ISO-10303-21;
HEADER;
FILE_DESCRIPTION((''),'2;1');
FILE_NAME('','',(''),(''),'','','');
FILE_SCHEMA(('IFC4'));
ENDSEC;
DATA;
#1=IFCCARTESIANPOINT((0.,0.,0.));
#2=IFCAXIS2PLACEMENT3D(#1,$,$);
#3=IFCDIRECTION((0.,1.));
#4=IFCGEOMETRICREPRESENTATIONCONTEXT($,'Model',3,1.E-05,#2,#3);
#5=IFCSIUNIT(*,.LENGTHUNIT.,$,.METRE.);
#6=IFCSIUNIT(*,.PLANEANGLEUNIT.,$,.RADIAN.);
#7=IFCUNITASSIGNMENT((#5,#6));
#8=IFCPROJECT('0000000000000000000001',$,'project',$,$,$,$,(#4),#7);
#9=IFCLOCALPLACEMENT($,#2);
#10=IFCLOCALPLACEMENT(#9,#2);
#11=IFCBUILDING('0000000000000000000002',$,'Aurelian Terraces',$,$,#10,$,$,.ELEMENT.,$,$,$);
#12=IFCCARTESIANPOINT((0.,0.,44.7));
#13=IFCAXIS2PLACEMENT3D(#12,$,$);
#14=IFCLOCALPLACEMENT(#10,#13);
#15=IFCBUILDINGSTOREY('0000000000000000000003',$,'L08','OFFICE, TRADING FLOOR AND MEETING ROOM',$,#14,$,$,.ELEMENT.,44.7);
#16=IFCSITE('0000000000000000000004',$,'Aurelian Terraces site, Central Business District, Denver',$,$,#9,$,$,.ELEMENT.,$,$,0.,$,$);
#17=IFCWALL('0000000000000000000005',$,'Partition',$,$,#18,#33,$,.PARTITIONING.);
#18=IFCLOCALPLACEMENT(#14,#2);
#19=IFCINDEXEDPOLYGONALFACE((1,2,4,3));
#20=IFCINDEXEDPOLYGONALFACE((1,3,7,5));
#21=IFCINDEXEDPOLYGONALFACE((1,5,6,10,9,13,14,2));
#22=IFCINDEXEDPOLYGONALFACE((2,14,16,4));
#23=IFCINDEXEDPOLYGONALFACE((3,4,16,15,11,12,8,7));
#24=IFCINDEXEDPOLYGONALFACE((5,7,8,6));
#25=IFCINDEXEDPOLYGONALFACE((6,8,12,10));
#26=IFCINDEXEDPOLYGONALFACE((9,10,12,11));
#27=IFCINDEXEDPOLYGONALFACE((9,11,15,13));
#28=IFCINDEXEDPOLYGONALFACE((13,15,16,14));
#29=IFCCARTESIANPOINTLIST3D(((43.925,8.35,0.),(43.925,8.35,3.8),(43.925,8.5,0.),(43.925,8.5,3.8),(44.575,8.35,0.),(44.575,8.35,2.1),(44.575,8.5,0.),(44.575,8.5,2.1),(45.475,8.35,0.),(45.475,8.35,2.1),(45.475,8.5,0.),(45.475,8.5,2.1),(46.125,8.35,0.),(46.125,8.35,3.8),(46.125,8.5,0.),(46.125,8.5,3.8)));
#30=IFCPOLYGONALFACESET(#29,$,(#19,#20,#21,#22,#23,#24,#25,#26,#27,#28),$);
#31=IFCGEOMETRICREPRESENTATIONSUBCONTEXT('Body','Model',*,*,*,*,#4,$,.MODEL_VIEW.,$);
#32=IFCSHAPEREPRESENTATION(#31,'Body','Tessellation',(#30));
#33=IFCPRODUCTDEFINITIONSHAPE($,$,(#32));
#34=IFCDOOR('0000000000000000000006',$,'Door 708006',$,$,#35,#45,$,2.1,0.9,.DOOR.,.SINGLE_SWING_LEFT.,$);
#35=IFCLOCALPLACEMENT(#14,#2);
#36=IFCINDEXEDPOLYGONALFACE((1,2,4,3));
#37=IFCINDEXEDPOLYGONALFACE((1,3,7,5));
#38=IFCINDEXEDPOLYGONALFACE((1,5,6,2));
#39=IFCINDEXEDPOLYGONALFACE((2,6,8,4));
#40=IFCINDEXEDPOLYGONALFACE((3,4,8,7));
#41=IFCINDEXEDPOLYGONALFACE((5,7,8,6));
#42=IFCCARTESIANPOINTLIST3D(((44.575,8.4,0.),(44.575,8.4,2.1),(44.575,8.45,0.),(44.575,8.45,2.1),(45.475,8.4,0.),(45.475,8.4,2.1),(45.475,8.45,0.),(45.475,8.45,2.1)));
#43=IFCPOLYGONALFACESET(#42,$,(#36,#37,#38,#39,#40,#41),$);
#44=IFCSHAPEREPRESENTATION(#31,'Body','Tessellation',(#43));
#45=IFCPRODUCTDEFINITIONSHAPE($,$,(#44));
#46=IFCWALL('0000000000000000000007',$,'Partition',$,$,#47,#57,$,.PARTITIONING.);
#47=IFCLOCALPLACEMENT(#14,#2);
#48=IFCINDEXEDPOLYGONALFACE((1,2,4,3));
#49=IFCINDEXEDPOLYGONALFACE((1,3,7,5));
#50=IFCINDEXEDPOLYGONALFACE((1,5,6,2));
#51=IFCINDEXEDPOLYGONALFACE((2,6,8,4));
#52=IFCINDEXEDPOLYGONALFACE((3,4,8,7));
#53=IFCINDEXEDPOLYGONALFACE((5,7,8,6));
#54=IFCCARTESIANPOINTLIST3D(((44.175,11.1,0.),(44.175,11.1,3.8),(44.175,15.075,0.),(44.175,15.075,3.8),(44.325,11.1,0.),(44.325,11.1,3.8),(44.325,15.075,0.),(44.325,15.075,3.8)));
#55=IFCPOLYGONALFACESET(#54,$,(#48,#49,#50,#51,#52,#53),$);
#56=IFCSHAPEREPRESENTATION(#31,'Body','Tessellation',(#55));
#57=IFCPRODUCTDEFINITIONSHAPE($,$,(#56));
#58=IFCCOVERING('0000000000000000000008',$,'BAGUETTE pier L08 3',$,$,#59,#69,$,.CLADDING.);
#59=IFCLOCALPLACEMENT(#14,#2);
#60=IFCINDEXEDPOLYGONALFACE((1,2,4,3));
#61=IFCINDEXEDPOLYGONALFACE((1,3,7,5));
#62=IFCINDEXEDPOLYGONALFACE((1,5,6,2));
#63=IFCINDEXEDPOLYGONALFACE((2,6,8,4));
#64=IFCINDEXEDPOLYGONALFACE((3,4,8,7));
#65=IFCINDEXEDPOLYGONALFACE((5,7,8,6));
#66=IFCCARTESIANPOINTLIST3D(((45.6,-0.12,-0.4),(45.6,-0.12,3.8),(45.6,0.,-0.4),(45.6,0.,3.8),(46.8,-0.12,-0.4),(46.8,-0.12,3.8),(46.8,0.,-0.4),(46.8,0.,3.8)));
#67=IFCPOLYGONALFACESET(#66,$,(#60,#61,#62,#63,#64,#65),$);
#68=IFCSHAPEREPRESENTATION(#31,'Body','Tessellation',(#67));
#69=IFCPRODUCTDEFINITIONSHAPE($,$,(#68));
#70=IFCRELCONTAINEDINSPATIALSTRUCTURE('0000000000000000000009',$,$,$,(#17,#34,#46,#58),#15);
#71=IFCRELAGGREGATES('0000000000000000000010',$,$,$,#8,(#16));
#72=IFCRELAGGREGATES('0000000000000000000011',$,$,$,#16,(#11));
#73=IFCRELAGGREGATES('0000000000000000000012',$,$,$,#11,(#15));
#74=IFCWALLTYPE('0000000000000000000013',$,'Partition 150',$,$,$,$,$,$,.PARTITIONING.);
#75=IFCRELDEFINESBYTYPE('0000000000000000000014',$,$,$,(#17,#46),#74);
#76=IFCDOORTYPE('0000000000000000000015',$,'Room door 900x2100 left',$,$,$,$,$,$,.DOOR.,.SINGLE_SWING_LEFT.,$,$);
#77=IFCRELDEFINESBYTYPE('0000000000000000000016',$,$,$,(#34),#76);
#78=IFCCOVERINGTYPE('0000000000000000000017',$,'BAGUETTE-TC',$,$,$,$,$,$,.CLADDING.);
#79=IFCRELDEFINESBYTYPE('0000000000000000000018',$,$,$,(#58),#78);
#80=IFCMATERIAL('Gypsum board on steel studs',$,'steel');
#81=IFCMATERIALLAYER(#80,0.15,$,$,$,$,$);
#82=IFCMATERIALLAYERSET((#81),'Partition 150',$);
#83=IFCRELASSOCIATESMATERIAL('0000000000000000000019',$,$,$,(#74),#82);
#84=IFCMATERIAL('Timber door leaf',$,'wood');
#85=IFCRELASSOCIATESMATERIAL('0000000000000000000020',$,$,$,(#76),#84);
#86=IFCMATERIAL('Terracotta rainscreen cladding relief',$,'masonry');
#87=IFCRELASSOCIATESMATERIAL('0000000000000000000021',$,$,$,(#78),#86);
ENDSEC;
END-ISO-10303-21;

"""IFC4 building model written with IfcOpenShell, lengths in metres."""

from ifc_helpers import new_model, si_unit, direction, frame, frame_2d, origin, origin_2d, place, context, subcontext, project, spatial, rectangle, extrude, source, transform, mapped, material, layer, layer_set, type_object, element, fill, save


model = new_model("IFC4")

# Units and contexts
model_context = context("Model", 3, precision=1e-05, world=origin(), true_north=direction((0.0, 1.0)))
body_context = subcontext(model_context, "Body", "Model", "MODEL_VIEW")
ifc_project = project(units=[si_unit("LENGTHUNIT", "METRE"), si_unit("PLANEANGLEUNIT", "RADIAN")], contexts=[model_context])

# Site, building, storey
site_placement = place(None, origin())
site = spatial("IfcSite", under=ifc_project, at=site_placement, Name="Aurelian Terraces site, Central Business District, Denver", CompositionType="ELEMENT", RefElevation=0.0)
building_placement = place(site_placement, origin())
building = spatial("IfcBuilding", under=site, at=building_placement, Name="Aurelian Terraces", CompositionType="ELEMENT")
storey_placement = place(building_placement, frame((0.0, 0.0, 44.7)))
storey = spatial("IfcBuildingStorey", under=building, at=storey_placement, Name="L08", Description="OFFICE, TRADING FLOOR AND MEETING ROOM", CompositionType="ELEMENT", Elevation=44.7)

# Shared definitions
ifc_material_1 = material(Name="Timber door leaf", Category="wood")

# Shared definitions
ifc_material_2 = material(Name="Gypsum board on steel studs", Category="steel")
ifc_layer_1 = layer(ifc_material_2, 0.15)
ifc_layer_set_1 = layer_set([ifc_layer_1], Name="Partition 150")
wall_type_1 = type_object("IfcWallType", Name="Partition 150", PredefinedType="PARTITIONING", material=ifc_layer_set_1)

# Wall, opening, door
shared_shape_1 = source(origin(), body_context, "Body", "SweptSolid", [
    extrude(rectangle(XDim=2.2, YDim=0.15, at=frame_2d((1.1, 0.0))), origin(), (0.0, 0.0, 1.0), 3.8),
])
wall_1_placement = place(storey_placement, frame((46.125, 8.425, 0.0), z_axis=(0.0, 0.0, 1.0), x_axis=(-1.0, 0.0, 0.0)))
wall_1 = element("IfcWall", 1, at=wall_1_placement, inside=storey, type_object=wall_type_1, Name="Partition", PredefinedType="PARTITIONING", context=body_context, shape_type="MappedRepresentation", body=[
    mapped(shared_shape_1, transform((0.0, 0.0, 0.0), scale=1.0)),
])
shared_shape_2 = source(origin(), body_context, "Body", "SweptSolid", [
    extrude(rectangle(XDim=0.9, YDim=2.1, at=frame_2d((0.45, 1.05))), frame((0.0, 0.085, 0.0), z_axis=(0.0, -1.0, 0.0), x_axis=(1.0, 0.0, 0.0)), (0.0, 0.0, 1.0), 0.17),
])
opening_1_placement = place(wall_1_placement, frame((0.65, 0.0, 0.0)))
opening_1 = element("IfcOpeningElement", 2, at=opening_1_placement, cuts=wall_1, PredefinedType="OPENING", context=body_context, shape_type="MappedRepresentation", body=[
    mapped(shared_shape_2, transform((0.0, 0.0, 0.0), scale=1.0)),
])
door_type_1 = type_object("IfcDoorType", Name="Room door 900x2100 left", OperationType="SINGLE_SWING_LEFT", PredefinedType="DOOR", material=ifc_material_1)
shared_shape_3 = source(origin(), body_context, "Body", "SweptSolid", [
    extrude(rectangle(XDim=0.9, YDim=2.1, at=frame_2d((0.45, 1.05))), frame((0.0, 0.025, 0.0), z_axis=(0.0, -1.0, 0.0), x_axis=(1.0, 0.0, 0.0)), (0.0, 0.0, 1.0), 0.05),
])
door_1_placement = place(opening_1_placement, origin())
door_1 = element("IfcDoor", 3, at=door_1_placement, inside=storey, type_object=door_type_1, Name="Door 708006", OperationType="SINGLE_SWING_LEFT", OverallHeight=2.1, OverallWidth=0.9, PredefinedType="DOOR", context=body_context, shape_type="MappedRepresentation", body=[
    mapped(shared_shape_3, transform((0.0, 0.0, 0.0), scale=1.0)),
])
fill(opening_1, door_1)

# Wall
shared_shape_4 = source(origin(), body_context, "Body", "SweptSolid", [
    extrude(rectangle(XDim=3.975, YDim=0.15, at=frame_2d((1.9875, 0.0))), origin(), (0.0, 0.0, 1.0), 3.8),
])
wall_2_placement = place(storey_placement, frame((44.25, 11.1, 0.0), z_axis=(0.0, 0.0, 1.0), x_axis=(0.0, 1.0, 0.0)))
element("IfcWall", 4, at=wall_2_placement, inside=storey, type_object=wall_type_1, Name="Partition", PredefinedType="PARTITIONING", context=body_context, shape_type="MappedRepresentation", body=[
    mapped(shared_shape_4, transform((0.0, 0.0, 0.0), scale=1.0)),
])

# Covering
ifc_material_3 = material(Name="Terracotta rainscreen cladding relief", Category="masonry")
covering_type = type_object("IfcCoveringType", Name="BAGUETTE-TC", PredefinedType="CLADDING", material=ifc_material_3)
shared_shape_5 = source(origin(), body_context, "Body", "SweptSolid", [
    extrude(rectangle(XDim=1.2, YDim=0.12, at=origin_2d()), origin(), (0.0, 0.0, 1.0), 4.2),
])
covering_placement = place(storey_placement, frame((46.2, -0.06, -0.4), z_axis=(0.0, 0.0, 1.0), x_axis=(1.0, 0.0, 0.0)))
element("IfcCovering", 5, at=covering_placement, inside=storey, type_object=covering_type, Name="BAGUETTE pier L08 3", PredefinedType="CLADDING", context=body_context, shape_type="MappedRepresentation", body=[
    mapped(shared_shape_5, transform((0.0, 0.0, 0.0), scale=1.0)),
])

save(model, "model.ifc")
